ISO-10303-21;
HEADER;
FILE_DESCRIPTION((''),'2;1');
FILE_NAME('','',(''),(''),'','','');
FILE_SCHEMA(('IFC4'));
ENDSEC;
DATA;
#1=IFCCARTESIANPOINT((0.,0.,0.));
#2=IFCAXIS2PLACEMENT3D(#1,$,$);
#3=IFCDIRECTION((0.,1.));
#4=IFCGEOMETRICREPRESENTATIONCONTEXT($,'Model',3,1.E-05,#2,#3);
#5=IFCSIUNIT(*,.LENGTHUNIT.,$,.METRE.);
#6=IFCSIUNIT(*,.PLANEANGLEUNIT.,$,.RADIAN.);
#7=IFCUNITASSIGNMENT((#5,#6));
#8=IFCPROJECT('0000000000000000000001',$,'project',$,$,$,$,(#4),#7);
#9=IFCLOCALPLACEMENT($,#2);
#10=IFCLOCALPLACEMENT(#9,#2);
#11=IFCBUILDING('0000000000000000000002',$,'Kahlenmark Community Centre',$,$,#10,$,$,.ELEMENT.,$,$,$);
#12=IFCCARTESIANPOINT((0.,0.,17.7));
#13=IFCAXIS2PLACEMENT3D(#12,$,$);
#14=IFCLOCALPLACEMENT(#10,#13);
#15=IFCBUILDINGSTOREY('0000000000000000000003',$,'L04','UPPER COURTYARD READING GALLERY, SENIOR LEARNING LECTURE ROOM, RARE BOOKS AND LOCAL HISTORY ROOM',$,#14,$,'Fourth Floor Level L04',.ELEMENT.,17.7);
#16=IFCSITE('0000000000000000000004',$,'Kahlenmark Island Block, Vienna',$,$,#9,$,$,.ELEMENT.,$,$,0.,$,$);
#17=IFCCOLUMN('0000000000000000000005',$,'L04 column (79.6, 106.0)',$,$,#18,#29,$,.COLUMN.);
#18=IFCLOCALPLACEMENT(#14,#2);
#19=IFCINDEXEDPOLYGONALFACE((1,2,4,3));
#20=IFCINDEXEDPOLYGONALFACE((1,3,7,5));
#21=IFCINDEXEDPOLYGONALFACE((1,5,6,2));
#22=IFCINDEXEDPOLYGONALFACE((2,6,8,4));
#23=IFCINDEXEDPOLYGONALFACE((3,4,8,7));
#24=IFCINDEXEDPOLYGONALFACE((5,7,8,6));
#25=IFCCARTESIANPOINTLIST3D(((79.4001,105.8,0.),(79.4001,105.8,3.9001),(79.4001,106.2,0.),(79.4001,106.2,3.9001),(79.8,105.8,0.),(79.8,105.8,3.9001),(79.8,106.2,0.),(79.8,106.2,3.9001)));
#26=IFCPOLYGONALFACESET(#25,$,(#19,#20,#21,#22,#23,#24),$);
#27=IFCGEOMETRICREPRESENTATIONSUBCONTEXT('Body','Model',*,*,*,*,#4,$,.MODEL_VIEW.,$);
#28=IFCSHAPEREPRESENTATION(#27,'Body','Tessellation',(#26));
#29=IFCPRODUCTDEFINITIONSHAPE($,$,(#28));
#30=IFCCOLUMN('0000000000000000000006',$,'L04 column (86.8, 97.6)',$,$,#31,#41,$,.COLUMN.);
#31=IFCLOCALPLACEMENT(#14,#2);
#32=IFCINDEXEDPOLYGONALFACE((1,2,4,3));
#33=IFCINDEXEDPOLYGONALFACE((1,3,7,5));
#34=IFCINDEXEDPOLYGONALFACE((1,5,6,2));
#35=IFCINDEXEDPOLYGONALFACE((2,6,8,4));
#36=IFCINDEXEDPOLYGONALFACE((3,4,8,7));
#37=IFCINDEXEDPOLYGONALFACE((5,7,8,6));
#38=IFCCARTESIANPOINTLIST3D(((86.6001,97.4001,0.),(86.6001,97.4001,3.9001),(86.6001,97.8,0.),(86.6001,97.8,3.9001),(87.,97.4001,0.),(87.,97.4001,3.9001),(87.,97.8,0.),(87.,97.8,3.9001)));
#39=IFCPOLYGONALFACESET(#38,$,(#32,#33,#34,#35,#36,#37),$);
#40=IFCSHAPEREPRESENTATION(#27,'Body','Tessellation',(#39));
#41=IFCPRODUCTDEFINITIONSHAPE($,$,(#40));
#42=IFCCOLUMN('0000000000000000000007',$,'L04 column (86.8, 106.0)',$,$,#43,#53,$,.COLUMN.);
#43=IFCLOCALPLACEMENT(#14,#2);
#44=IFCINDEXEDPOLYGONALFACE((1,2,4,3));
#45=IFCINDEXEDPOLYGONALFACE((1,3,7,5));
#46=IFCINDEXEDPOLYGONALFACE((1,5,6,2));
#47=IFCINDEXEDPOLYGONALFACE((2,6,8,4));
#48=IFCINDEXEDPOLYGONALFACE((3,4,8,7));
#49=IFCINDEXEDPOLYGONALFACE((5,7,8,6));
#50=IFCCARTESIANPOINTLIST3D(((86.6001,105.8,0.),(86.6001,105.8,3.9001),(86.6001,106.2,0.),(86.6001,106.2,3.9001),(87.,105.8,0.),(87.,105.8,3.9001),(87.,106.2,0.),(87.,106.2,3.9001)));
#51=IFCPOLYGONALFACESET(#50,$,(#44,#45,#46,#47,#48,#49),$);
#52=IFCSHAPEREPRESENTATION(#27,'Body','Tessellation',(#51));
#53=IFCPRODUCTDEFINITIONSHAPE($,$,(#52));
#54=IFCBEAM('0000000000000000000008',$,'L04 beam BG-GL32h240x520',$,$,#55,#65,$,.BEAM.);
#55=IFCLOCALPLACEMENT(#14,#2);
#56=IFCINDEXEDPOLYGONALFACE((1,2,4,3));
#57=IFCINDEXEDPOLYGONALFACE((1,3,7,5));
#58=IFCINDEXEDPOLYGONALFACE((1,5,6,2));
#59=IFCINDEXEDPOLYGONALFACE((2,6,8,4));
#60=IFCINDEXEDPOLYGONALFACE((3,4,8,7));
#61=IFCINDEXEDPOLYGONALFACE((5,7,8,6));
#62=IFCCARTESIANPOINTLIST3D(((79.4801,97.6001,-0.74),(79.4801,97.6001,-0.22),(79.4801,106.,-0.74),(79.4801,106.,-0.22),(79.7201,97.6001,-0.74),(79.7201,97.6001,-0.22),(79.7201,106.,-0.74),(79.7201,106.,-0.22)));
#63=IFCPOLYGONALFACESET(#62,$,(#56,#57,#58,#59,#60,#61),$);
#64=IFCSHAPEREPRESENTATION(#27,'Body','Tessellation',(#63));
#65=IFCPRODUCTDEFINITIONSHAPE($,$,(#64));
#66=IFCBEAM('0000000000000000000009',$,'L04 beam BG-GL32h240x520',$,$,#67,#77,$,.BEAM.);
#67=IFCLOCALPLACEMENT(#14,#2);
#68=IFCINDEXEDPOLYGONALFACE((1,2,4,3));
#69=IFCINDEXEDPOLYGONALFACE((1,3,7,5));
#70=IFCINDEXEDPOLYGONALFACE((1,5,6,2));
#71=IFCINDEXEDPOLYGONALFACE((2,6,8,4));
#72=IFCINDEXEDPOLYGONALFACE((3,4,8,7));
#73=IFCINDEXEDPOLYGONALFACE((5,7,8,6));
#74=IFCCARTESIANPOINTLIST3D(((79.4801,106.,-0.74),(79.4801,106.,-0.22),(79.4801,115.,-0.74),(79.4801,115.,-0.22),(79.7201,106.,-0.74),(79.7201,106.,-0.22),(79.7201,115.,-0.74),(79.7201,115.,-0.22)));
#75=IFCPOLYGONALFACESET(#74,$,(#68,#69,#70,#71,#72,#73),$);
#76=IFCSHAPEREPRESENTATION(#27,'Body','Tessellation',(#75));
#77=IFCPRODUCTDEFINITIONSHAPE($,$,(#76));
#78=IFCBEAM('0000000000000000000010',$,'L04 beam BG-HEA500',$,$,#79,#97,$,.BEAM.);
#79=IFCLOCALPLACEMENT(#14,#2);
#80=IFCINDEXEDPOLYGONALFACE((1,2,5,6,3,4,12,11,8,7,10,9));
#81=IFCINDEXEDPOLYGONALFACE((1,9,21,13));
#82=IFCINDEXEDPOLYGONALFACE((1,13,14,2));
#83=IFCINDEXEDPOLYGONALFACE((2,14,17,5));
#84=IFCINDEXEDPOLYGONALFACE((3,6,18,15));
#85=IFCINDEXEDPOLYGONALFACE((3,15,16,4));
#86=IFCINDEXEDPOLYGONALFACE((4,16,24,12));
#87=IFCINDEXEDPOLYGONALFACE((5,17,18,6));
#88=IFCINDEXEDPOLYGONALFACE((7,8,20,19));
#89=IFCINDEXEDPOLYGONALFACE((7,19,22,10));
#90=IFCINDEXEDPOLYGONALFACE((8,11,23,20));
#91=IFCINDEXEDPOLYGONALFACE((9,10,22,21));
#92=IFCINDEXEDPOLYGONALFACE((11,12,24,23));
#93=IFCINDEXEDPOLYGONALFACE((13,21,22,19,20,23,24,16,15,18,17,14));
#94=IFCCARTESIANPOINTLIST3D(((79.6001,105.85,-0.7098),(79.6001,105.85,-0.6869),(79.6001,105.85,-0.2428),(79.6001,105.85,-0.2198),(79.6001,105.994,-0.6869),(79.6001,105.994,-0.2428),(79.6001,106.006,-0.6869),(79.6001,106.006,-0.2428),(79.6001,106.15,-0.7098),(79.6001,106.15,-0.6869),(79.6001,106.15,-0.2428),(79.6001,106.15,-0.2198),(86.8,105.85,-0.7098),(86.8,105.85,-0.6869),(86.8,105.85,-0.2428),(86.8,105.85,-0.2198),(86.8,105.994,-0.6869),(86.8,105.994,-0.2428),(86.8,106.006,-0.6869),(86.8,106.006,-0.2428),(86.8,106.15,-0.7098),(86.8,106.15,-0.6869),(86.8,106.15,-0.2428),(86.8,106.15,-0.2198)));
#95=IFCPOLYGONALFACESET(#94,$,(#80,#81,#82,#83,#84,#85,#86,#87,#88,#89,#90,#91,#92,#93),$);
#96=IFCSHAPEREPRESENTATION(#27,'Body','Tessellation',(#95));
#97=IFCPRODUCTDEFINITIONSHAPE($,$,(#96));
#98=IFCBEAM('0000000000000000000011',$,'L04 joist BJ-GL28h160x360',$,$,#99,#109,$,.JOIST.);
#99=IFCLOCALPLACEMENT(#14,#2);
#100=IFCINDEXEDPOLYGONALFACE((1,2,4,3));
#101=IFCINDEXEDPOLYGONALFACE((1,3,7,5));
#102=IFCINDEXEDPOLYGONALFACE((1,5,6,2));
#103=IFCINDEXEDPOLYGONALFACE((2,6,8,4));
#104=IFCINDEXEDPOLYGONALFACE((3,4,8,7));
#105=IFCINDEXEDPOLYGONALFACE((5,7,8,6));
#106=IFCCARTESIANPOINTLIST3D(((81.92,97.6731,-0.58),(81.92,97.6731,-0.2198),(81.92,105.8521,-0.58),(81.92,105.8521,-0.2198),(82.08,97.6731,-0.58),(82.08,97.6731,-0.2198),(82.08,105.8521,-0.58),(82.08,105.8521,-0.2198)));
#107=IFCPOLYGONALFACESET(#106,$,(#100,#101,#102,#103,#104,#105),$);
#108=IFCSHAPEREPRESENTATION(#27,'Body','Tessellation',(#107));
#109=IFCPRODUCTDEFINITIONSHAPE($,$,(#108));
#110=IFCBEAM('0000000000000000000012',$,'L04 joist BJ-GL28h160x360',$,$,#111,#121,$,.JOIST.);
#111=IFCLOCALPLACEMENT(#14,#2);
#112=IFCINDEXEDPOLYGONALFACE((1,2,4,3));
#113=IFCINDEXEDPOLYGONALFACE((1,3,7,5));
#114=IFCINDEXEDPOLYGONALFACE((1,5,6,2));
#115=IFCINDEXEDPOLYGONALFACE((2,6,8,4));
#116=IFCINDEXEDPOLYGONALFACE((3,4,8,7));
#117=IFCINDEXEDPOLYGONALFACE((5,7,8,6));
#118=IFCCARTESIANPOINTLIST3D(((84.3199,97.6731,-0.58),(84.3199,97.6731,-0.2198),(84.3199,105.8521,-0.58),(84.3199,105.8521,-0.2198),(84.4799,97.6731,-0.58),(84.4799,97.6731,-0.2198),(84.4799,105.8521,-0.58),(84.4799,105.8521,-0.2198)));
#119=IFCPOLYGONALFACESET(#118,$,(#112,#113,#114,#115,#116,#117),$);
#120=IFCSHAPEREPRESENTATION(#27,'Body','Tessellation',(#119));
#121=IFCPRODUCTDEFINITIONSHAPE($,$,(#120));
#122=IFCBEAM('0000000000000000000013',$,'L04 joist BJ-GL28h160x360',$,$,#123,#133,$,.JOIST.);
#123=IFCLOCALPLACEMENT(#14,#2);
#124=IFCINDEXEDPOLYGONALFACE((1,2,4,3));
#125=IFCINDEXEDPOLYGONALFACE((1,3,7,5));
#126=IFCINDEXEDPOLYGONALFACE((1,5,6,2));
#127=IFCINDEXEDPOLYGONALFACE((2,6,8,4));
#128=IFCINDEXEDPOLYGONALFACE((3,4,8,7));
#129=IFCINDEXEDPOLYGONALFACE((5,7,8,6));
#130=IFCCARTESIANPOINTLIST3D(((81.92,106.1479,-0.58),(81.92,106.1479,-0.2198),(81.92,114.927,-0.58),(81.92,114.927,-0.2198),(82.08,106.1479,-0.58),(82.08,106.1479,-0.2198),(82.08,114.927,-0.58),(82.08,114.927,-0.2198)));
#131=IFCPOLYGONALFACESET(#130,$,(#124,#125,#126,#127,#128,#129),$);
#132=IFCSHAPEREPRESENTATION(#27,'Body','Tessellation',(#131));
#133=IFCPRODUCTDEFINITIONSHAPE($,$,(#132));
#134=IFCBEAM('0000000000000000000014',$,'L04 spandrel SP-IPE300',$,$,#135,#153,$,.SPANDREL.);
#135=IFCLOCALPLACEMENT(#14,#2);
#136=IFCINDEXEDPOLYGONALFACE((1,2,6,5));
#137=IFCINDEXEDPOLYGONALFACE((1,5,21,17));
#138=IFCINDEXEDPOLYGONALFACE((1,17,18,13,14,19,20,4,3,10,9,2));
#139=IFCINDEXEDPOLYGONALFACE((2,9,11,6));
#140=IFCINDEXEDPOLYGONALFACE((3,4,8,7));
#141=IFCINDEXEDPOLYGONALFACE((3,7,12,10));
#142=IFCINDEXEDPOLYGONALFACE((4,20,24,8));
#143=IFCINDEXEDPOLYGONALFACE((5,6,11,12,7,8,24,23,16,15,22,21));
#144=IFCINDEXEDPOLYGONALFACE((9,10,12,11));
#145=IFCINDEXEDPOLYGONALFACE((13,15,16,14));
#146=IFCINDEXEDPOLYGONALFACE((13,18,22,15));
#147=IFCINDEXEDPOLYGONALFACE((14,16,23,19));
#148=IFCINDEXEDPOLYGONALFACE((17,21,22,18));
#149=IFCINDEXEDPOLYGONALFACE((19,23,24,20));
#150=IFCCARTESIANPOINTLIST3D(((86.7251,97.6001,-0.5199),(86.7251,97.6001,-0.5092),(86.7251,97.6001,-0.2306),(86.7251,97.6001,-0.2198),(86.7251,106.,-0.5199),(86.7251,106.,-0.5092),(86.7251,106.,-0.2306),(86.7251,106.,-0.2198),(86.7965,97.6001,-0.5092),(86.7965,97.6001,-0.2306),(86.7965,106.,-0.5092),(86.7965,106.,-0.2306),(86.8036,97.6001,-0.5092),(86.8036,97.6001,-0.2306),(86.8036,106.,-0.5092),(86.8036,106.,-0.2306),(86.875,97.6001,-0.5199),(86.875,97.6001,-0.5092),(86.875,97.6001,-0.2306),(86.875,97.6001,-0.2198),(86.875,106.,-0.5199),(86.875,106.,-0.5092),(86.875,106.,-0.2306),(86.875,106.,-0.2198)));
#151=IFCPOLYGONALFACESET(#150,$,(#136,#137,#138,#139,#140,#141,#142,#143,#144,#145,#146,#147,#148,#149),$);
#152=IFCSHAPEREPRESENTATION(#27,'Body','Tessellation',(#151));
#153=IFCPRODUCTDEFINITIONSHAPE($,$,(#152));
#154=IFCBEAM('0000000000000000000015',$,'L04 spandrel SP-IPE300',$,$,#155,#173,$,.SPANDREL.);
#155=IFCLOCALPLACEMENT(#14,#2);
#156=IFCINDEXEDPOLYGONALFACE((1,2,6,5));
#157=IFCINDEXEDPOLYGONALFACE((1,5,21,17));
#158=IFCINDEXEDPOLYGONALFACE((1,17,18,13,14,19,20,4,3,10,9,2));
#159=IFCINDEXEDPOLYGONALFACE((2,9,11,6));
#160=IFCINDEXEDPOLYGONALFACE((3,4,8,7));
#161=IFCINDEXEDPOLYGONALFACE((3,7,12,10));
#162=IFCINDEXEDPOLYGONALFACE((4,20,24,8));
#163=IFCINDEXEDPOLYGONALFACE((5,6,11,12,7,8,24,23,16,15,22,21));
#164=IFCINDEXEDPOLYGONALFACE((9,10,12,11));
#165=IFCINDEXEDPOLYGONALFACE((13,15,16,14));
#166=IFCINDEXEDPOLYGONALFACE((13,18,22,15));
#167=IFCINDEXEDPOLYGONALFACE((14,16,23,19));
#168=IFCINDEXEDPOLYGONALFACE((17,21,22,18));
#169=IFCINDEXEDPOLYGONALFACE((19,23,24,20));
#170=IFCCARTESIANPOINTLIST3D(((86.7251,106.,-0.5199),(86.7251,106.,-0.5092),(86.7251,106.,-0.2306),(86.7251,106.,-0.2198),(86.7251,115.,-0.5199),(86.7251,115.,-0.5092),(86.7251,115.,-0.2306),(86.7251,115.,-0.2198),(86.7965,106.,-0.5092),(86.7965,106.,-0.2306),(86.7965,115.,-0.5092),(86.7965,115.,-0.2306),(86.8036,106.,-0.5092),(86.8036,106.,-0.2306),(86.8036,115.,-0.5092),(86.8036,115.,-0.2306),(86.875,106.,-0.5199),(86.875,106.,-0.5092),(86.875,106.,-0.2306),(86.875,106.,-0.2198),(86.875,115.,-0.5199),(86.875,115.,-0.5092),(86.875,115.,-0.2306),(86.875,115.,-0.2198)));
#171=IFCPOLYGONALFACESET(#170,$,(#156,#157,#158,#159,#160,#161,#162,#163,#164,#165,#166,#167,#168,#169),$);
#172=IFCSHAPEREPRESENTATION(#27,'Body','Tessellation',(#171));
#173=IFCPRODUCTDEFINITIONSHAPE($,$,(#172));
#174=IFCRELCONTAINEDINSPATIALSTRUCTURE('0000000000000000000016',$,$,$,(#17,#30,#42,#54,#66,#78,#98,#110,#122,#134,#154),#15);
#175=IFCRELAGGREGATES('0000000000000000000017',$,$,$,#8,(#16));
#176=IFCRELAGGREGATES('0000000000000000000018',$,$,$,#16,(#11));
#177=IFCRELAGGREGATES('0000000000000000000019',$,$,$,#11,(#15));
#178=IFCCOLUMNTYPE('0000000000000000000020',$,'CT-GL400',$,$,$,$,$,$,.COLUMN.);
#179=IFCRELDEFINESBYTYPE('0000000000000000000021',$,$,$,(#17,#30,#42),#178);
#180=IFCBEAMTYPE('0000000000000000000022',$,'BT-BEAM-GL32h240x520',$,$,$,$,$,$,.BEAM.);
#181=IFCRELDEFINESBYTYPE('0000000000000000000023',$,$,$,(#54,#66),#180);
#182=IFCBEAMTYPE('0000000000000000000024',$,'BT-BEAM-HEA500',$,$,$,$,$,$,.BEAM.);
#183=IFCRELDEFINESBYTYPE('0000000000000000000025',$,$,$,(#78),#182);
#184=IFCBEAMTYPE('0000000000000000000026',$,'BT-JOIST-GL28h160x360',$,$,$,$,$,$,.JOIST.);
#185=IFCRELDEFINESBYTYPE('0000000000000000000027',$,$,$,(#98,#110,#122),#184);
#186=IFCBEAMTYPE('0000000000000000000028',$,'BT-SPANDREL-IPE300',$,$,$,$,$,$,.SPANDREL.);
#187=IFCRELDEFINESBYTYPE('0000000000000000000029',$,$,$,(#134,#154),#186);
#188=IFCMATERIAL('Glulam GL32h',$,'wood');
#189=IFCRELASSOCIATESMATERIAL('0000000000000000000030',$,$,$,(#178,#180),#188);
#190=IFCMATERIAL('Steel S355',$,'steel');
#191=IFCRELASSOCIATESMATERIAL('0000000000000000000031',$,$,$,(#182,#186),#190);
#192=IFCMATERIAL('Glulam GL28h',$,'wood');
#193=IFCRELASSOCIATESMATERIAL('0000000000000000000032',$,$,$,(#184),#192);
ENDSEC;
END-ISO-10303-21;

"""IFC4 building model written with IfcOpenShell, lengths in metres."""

from ifc_helpers import new_model, si_unit, direction, frame, origin, origin_2d, place, context, subcontext, project, spatial, rectangle, i_section, extrude, material, material_profile, profile_set, type_object, element, save


model = new_model("IFC4")

# Units and contexts
model_context = context("Model", 3, precision=1e-05, world=origin(), true_north=direction((0.0, 1.0)))
body_context = subcontext(model_context, "Body", "Model", "MODEL_VIEW")
ifc_project = project(units=[si_unit("LENGTHUNIT", "METRE"), si_unit("PLANEANGLEUNIT", "RADIAN")], contexts=[model_context])

# Site, building, storey
site_placement = place(None, origin())
site = spatial("IfcSite", under=ifc_project, at=site_placement, Name="Kahlenmark Island Block, Vienna", CompositionType="ELEMENT", RefElevation=0.0)
building_placement = place(site_placement, origin())
building = spatial("IfcBuilding", under=site, at=building_placement, Name="Kahlenmark Community Centre", CompositionType="ELEMENT")
storey_placement = place(building_placement, frame((0.0, 0.0, 17.7)))
storey = spatial("IfcBuildingStorey", under=building, at=storey_placement, Name="L04", Description="UPPER COURTYARD READING GALLERY, SENIOR LEARNING LECTURE ROOM, RARE BOOKS AND LOCAL HISTORY ROOM", LongName="Fourth Floor Level L04", CompositionType="ELEMENT", Elevation=17.7)

# Columns
ifc_material_1 = material(Name="Glulam GL32h", Category="wood")
ifc_material_profile_1 = material_profile(ifc_material_1, rectangle(XDim=0.3999, YDim=0.3999, at=origin_2d()), Name="GL32h 400x400")
ifc_profile_set_1 = profile_set([ifc_material_profile_1], Name="Glulam GL32h")
column_type = type_object("IfcColumnType", Name="CT-GL400", PredefinedType="COLUMN", material=ifc_profile_set_1)
for number, where, z_axis, x_axis, name in (
    (1, (79.6001, 106.0, 0.0), (0.0, 0.0, 1.0), (1.0, 0.0, 0.0), "L04 column (79.6, 106.0)"),
    (2, (86.8, 97.6001, 0.0), (0.0, 0.0, 1.0), (1.0, 0.0, 0.0), "L04 column (86.8, 97.6)"),
    (3, (86.8, 106.0, 0.0), (0.0, 0.0, 1.0), (1.0, 0.0, 0.0), "L04 column (86.8, 106.0)"),
):
    element("IfcColumn", number, at=place(storey_placement, frame(where, z_axis=z_axis, x_axis=x_axis)), inside=storey, type_object=column_type, Name=name, PredefinedType="COLUMN", context=body_context, shape_type="SweptSolid", body=[
        extrude(rectangle(XDim=0.3999, YDim=0.3999, at=origin_2d()), origin(), (0.0, 0.0, 1.0), 3.9001),
    ])

# Beams
ifc_material_profile_2 = material_profile(ifc_material_1, rectangle(XDim=0.24, YDim=0.52, at=origin_2d()), Name="GL32h 240x520")
ifc_profile_set_2 = profile_set([ifc_material_profile_2], Name="Glulam GL32h")
beam_type_1 = type_object("IfcBeamType", Name="BT-BEAM-GL32h240x520", PredefinedType="BEAM", material=ifc_profile_set_2)
beam_1_placement = place(storey_placement, frame((79.6001, 97.6001, -0.48), z_axis=(0.0, 1.0, 0.0), x_axis=(-1.0, 0.0, 0.0)))
element("IfcBeam", 4, at=beam_1_placement, inside=storey, type_object=beam_type_1, Name="L04 beam BG-GL32h240x520", PredefinedType="BEAM", context=body_context, shape_type="SweptSolid", body=[
    extrude(rectangle(XDim=0.24, YDim=0.52, at=origin_2d()), origin(), (0.0, 0.0, 1.0), 8.3999),
])
beam_2_placement = place(storey_placement, frame((79.6001, 106.0, -0.48), z_axis=(0.0, 1.0, 0.0), x_axis=(-1.0, 0.0, 0.0)))
element("IfcBeam", 5, at=beam_2_placement, inside=storey, type_object=beam_type_1, Name="L04 beam BG-GL32h240x520", PredefinedType="BEAM", context=body_context, shape_type="SweptSolid", body=[
    extrude(rectangle(XDim=0.24, YDim=0.52, at=origin_2d()), origin(), (0.0, 0.0, 1.0), 9.0),
])
ifc_material_2 = material(Name="Steel S355", Category="steel")
ifc_material_profile_3 = material_profile(ifc_material_2, i_section(OverallWidth=0.3, OverallDepth=0.49, WebThickness=0.012, FlangeThickness=0.0229, at=origin_2d()), Name="HEA 500")
ifc_profile_set_3 = profile_set([ifc_material_profile_3], Name="Steel S355")
beam_type_2 = type_object("IfcBeamType", Name="BT-BEAM-HEA500", PredefinedType="BEAM", material=ifc_profile_set_3)
beam_3_placement = place(storey_placement, frame((79.6001, 106.0, -0.4648), z_axis=(1.0, 0.0, 0.0), x_axis=(0.0, 1.0, 0.0)))
element("IfcBeam", 6, at=beam_3_placement, inside=storey, type_object=beam_type_2, Name="L04 beam BG-HEA500", PredefinedType="BEAM", context=body_context, shape_type="SweptSolid", body=[
    extrude(i_section(OverallWidth=0.3, OverallDepth=0.49, WebThickness=0.012, FlangeThickness=0.0229, at=origin_2d()), origin(), (0.0, 0.0, 1.0), 7.2),
])
ifc_material_3 = material(Name="Glulam GL28h", Category="wood")
ifc_material_profile_4 = material_profile(ifc_material_3, rectangle(XDim=0.1599, YDim=0.3601, at=origin_2d()), Name="GL28h 160x360")
ifc_profile_set_4 = profile_set([ifc_material_profile_4], Name="Glulam GL28h")
beam_type_3 = type_object("IfcBeamType", Name="BT-JOIST-GL28h160x360", PredefinedType="JOIST", material=ifc_profile_set_4)
for number, where, z_axis, x_axis, name in (
    (7, (82.0, 97.6731, -0.3999), (0.0, 1.0, 0.0), (-1.0, 0.0, 0.0), "L04 joist BJ-GL28h160x360"),
    (8, (84.3999, 97.6731, -0.3999), (0.0, 1.0, 0.0), (-1.0, 0.0, 0.0), "L04 joist BJ-GL28h160x360"),
):
    element("IfcBeam", number, at=place(storey_placement, frame(where, z_axis=z_axis, x_axis=x_axis)), inside=storey, type_object=beam_type_3, Name=name, PredefinedType="JOIST", context=body_context, shape_type="SweptSolid", body=[
        extrude(rectangle(XDim=0.1599, YDim=0.3601, at=origin_2d()), origin(), (0.0, 0.0, 1.0), 8.179),
    ])
beam_4_placement = place(storey_placement, frame((82.0, 106.1479, -0.3999), z_axis=(0.0, 1.0, 0.0), x_axis=(-1.0, 0.0, 0.0)))
element("IfcBeam", 9, at=beam_4_placement, inside=storey, type_object=beam_type_3, Name="L04 joist BJ-GL28h160x360", PredefinedType="JOIST", context=body_context, shape_type="SweptSolid", body=[
    extrude(rectangle(XDim=0.1599, YDim=0.3601, at=origin_2d()), origin(), (0.0, 0.0, 1.0), 8.7791),
])
ifc_material_profile_5 = material_profile(ifc_material_2, i_section(OverallWidth=0.1499, OverallDepth=0.3, WebThickness=0.0071, FlangeThickness=0.0107, at=origin_2d()), Name="IPE 300")
ifc_profile_set_5 = profile_set([ifc_material_profile_5], Name="Steel S355")
beam_type_4 = type_object("IfcBeamType", Name="BT-SPANDREL-IPE300", PredefinedType="SPANDREL", material=ifc_profile_set_5)
beam_5_placement = place(storey_placement, frame((86.8, 97.6001, -0.3699), z_axis=(0.0, 1.0, 0.0), x_axis=(-1.0, 0.0, 0.0)))
element("IfcBeam", 10, at=beam_5_placement, inside=storey, type_object=beam_type_4, Name="L04 spandrel SP-IPE300", PredefinedType="SPANDREL", context=body_context, shape_type="SweptSolid", body=[
    extrude(i_section(OverallWidth=0.1499, OverallDepth=0.3, WebThickness=0.0071, FlangeThickness=0.0107, at=origin_2d()), origin(), (0.0, 0.0, 1.0), 8.3999),
])
beam_6_placement = place(storey_placement, frame((86.8, 106.0, -0.3699), z_axis=(0.0, 1.0, 0.0), x_axis=(-1.0, 0.0, 0.0)))
element("IfcBeam", 11, at=beam_6_placement, inside=storey, type_object=beam_type_4, Name="L04 spandrel SP-IPE300", PredefinedType="SPANDREL", context=body_context, shape_type="SweptSolid", body=[
    extrude(i_section(OverallWidth=0.1499, OverallDepth=0.3, WebThickness=0.0071, FlangeThickness=0.0107, at=origin_2d()), origin(), (0.0, 0.0, 1.0), 9.0),
])

save(model, "model.ifc")
